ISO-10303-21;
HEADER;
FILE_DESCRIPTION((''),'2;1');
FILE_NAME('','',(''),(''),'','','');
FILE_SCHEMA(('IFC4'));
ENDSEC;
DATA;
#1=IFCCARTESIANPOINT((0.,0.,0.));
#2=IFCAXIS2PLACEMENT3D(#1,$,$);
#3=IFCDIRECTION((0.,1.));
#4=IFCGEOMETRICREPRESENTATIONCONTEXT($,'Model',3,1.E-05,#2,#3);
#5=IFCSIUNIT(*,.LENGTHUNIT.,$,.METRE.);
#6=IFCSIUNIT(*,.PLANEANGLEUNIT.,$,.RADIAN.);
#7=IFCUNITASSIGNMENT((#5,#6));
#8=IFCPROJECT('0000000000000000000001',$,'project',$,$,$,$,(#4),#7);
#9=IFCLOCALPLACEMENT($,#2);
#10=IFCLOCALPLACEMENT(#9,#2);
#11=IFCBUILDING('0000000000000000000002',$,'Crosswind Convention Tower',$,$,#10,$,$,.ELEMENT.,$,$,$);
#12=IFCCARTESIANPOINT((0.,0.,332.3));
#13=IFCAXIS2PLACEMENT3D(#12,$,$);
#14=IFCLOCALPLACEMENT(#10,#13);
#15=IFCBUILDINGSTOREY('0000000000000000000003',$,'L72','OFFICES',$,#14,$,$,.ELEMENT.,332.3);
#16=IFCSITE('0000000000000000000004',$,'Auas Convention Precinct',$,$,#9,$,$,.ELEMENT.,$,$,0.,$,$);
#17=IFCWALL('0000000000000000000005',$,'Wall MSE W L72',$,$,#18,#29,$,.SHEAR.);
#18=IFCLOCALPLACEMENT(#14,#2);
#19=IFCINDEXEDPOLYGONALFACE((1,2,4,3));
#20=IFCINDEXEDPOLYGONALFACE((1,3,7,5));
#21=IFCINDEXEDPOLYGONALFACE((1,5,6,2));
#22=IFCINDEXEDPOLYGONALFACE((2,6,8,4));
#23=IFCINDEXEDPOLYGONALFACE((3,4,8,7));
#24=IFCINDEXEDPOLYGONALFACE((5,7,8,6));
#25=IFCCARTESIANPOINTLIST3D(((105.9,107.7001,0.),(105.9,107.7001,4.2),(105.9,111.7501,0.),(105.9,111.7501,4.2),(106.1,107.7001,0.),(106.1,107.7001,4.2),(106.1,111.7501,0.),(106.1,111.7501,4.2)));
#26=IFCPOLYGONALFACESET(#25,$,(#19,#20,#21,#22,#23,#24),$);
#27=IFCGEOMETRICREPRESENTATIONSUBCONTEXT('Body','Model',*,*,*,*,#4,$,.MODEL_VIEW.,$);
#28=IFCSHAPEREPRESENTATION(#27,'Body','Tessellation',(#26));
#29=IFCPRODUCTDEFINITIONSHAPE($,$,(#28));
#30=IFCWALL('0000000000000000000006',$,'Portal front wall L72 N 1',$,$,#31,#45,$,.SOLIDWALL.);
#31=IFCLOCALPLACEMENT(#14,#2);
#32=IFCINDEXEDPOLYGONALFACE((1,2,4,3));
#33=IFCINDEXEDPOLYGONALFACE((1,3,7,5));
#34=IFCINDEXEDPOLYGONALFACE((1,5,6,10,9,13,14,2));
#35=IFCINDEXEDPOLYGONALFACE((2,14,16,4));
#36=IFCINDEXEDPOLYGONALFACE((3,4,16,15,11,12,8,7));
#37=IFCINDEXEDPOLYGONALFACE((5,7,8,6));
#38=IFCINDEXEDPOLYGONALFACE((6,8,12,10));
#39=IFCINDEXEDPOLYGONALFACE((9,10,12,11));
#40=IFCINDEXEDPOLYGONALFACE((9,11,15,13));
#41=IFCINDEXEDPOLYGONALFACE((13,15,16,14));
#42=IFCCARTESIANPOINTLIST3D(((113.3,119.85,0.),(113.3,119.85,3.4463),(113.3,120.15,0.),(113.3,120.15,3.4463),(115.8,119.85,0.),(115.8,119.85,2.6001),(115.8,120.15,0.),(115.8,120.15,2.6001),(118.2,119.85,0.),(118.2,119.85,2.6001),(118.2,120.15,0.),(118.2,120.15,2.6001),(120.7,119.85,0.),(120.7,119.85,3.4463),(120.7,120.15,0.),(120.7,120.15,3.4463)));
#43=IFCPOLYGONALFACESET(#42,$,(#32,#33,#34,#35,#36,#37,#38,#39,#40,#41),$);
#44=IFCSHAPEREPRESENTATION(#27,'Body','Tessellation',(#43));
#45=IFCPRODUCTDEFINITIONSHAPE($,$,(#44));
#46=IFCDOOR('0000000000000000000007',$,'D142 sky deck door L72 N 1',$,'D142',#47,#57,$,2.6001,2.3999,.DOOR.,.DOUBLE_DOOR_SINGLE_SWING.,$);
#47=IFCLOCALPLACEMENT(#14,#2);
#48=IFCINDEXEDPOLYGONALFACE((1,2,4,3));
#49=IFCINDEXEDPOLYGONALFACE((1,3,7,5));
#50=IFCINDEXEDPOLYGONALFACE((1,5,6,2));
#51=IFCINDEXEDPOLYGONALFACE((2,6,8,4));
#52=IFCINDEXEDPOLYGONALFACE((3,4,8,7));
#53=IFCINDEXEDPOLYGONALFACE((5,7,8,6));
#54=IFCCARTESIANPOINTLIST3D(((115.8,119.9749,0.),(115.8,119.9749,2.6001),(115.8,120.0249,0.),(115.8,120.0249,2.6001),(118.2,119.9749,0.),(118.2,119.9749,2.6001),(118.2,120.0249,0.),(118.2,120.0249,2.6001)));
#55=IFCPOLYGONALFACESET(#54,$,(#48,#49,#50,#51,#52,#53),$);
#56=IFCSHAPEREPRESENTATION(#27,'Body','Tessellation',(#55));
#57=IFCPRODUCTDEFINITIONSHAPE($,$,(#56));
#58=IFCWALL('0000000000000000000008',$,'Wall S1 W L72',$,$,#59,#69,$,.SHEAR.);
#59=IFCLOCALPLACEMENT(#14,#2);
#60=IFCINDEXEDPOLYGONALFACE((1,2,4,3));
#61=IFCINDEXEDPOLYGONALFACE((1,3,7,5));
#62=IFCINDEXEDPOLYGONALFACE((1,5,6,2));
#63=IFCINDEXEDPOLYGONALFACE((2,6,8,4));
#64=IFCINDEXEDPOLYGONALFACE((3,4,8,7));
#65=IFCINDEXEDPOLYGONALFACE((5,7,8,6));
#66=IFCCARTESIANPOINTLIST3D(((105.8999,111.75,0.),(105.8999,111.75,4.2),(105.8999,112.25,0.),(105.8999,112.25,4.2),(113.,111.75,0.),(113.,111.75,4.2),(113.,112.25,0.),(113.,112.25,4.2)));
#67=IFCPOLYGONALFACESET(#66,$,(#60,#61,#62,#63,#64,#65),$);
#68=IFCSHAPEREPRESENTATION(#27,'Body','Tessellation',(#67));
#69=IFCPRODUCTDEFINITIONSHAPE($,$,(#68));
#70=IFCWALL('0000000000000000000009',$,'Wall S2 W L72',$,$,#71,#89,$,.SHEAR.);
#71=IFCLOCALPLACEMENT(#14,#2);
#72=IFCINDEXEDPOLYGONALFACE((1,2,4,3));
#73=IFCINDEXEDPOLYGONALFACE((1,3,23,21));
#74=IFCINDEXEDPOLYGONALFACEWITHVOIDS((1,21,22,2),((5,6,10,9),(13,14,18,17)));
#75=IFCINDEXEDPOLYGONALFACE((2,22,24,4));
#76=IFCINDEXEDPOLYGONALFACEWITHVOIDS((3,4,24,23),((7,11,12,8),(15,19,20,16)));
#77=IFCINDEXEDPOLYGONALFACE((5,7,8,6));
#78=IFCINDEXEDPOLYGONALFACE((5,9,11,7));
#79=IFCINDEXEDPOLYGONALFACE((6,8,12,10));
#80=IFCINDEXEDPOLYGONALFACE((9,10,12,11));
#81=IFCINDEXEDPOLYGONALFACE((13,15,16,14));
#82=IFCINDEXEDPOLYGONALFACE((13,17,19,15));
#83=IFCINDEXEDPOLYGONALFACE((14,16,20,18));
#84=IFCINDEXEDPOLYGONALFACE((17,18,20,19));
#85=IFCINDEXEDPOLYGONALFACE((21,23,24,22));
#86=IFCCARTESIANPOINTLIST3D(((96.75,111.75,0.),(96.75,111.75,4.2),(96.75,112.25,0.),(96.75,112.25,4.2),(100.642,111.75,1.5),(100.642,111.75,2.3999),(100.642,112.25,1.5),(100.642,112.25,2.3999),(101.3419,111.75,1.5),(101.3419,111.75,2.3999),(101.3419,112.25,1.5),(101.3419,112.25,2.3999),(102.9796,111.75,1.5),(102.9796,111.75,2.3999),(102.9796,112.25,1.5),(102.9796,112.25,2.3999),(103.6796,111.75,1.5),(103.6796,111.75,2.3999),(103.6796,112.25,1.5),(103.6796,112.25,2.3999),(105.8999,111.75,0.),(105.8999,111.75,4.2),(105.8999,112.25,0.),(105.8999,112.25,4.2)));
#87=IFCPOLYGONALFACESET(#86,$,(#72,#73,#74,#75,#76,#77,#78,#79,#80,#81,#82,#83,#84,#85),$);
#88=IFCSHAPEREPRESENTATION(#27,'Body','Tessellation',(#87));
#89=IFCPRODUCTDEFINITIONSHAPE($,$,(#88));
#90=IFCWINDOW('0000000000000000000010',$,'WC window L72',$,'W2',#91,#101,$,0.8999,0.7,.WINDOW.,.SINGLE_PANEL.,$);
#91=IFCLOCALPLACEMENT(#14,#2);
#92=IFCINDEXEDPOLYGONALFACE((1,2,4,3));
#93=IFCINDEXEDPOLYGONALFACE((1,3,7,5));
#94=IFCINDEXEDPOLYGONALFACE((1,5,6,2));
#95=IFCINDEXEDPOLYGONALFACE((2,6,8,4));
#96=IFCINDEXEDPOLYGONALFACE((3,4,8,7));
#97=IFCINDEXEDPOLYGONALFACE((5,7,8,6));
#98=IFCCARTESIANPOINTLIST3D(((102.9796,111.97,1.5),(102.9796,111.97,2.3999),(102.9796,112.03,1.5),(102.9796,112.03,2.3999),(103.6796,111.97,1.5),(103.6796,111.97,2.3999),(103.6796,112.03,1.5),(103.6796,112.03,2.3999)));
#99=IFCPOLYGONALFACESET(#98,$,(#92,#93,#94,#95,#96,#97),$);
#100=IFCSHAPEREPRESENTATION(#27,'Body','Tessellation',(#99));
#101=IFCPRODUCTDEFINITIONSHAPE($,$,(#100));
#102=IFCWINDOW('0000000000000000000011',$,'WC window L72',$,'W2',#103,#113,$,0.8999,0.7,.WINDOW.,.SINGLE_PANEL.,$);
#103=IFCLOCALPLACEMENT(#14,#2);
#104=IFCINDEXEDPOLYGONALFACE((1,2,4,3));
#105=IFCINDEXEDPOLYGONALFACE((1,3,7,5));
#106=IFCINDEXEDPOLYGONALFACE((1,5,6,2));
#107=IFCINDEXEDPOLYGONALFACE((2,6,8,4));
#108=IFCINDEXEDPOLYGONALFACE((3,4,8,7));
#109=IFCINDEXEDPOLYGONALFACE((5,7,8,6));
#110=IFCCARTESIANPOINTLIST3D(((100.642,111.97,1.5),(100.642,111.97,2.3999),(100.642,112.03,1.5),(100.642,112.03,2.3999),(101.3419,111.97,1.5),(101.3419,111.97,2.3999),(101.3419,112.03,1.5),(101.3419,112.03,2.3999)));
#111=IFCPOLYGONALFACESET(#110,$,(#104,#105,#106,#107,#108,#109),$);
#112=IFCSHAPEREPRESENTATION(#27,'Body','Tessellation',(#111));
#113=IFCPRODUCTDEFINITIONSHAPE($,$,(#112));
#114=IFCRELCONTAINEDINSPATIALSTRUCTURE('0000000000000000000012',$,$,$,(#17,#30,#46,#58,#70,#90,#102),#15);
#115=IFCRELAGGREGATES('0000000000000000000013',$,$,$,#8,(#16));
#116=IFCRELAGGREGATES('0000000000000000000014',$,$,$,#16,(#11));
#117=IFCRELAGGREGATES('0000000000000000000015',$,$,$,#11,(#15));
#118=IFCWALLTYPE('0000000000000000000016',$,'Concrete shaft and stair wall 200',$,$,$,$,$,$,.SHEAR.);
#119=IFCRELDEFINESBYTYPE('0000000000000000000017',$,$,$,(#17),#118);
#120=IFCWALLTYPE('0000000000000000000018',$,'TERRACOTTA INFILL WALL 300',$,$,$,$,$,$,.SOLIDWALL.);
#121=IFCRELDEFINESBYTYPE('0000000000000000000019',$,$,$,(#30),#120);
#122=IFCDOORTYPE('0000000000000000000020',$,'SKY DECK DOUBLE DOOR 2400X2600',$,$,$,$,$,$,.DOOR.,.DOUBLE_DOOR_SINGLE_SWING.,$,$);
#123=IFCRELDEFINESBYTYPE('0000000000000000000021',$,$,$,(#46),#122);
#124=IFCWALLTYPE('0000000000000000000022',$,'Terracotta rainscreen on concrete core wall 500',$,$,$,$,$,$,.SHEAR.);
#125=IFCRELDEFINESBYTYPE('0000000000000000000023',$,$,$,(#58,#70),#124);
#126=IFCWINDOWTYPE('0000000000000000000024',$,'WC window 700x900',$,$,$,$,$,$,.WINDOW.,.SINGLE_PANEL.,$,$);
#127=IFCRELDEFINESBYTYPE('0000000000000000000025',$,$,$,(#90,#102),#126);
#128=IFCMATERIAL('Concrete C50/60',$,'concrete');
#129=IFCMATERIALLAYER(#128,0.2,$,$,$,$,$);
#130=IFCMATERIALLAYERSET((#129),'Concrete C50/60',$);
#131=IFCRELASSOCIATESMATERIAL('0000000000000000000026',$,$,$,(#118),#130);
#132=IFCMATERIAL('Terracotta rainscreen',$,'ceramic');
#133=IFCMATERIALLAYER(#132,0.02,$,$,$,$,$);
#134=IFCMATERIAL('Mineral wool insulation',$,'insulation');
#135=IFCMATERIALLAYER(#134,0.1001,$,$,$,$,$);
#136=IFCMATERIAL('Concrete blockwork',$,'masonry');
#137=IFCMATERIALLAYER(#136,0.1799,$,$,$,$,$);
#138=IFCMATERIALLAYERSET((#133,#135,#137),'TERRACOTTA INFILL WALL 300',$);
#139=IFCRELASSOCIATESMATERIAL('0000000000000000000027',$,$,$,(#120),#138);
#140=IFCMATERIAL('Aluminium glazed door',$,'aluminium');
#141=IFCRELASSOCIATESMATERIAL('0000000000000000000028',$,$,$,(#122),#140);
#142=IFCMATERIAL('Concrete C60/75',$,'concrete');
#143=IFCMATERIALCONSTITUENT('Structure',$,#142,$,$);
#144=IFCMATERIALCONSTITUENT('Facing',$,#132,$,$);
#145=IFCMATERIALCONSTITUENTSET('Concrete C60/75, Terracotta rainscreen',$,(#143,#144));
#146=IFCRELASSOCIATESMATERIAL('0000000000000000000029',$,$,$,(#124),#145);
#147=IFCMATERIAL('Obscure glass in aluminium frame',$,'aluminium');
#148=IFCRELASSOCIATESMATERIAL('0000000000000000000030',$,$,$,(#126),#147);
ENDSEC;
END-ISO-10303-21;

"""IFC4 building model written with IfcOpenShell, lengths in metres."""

from ifc_helpers import new_model, si_unit, direction, frame, frame_2d, origin, place, context, subcontext, project, spatial, rectangle, extrude, material, layer, layer_set, constituent, constituent_set, type_object, element, fill, save


model = new_model("IFC4")

# Units and contexts
model_context = context("Model", 3, precision=1e-05, world=origin(), true_north=direction((0.0, 1.0)))
body_context = subcontext(model_context, "Body", "Model", "MODEL_VIEW")
ifc_project = project(units=[si_unit("LENGTHUNIT", "METRE"), si_unit("PLANEANGLEUNIT", "RADIAN")], contexts=[model_context])

# Site, building, storey
site_placement = place(None, origin())
site = spatial("IfcSite", under=ifc_project, at=site_placement, Name="Auas Convention Precinct", CompositionType="ELEMENT", RefElevation=0.0)
building_placement = place(site_placement, origin())
building = spatial("IfcBuilding", under=site, at=building_placement, Name="Crosswind Convention Tower", CompositionType="ELEMENT")
storey_placement = place(building_placement, frame((0.0, 0.0, 332.3)))
storey = spatial("IfcBuildingStorey", under=building, at=storey_placement, Name="L72", Description="OFFICES", CompositionType="ELEMENT", Elevation=332.3)

# Shared definitions
ifc_material_1 = material(Name="Concrete C60/75", Category="concrete")

# Wall
ifc_material_2 = material(Name="Concrete blockwork", Category="masonry")
ifc_material_3 = material(Name="Concrete C50/60", Category="concrete")
ifc_layer_1 = layer(ifc_material_3, 0.2)
ifc_layer_set_1 = layer_set([ifc_layer_1], Name="Concrete C50/60")
wall_type_1 = type_object("IfcWallType", Name="Concrete shaft and stair wall 200", PredefinedType="SHEAR", material=ifc_layer_set_1)
wall_1_placement = place(storey_placement, frame((106.0, 111.75, 0.0), z_axis=(0.0, 0.0, 1.0), x_axis=(0.0, -1.0, 0.0)))
element("IfcWall", 1, at=wall_1_placement, inside=storey, type_object=wall_type_1, Name="Wall MSE W L72", PredefinedType="SHEAR", context=body_context, shape_type="SweptSolid", body=[
    extrude(rectangle(XDim=4.05, YDim=0.2, at=frame_2d((2.0249, 0.0))), origin(), (0.0, 0.0, 1.0), 4.2),
])

# Wall, opening, door
ifc_material_4 = material(Name="Terracotta rainscreen", Category="ceramic")
ifc_layer_2 = layer(ifc_material_4, 0.02)
ifc_material_5 = material(Name="Mineral wool insulation", Category="insulation")
ifc_layer_3 = layer(ifc_material_5, 0.1001)
ifc_layer_4 = layer(ifc_material_2, 0.1799)
ifc_layer_set_2 = layer_set([ifc_layer_2, ifc_layer_3, ifc_layer_4], Name="TERRACOTTA INFILL WALL 300")
wall_type_2 = type_object("IfcWallType", Name="TERRACOTTA INFILL WALL 300", PredefinedType="SOLIDWALL", material=ifc_layer_set_2)
wall_2_placement = place(storey_placement, frame((113.3, 120.0, 0.0), z_axis=(0.0, 0.0, 1.0), x_axis=(1.0, 0.0, 0.0)))
wall_2 = element("IfcWall", 2, at=wall_2_placement, inside=storey, type_object=wall_type_2, Name="Portal front wall L72 N 1", PredefinedType="SOLIDWALL", context=body_context, shape_type="SweptSolid", body=[
    extrude(rectangle(XDim=7.3999, YDim=0.3, at=frame_2d((3.7, 0.0))), origin(), (0.0, 0.0, 1.0), 3.4463),
])
opening_1_placement = place(wall_2_placement, frame((2.5, 0.0, 0.0)))
opening_1 = element("IfcOpeningElement", 3, at=opening_1_placement, cuts=wall_2, PredefinedType="OPENING", context=body_context, shape_type="SweptSolid", body=[
    extrude(rectangle(XDim=2.3999, YDim=2.6001, at=frame_2d((1.2, 1.3))), frame((0.0, 0.1599, 0.0), z_axis=(0.0, -1.0, 0.0), x_axis=(1.0, 0.0, 0.0)), (0.0, 0.0, 1.0), 0.3201),
])
ifc_material_6 = material(Name="Aluminium glazed door", Category="aluminium")
door_type = type_object("IfcDoorType", Name="SKY DECK DOUBLE DOOR 2400X2600", OperationType="DOUBLE_DOOR_SINGLE_SWING", PredefinedType="DOOR", material=ifc_material_6)
door_placement = place(opening_1_placement, origin())
door = element("IfcDoor", 4, at=door_placement, inside=storey, type_object=door_type, Name="D142 sky deck door L72 N 1", ObjectType="D142", OperationType="DOUBLE_DOOR_SINGLE_SWING", OverallHeight=2.6001, OverallWidth=2.3999, PredefinedType="DOOR", context=body_context, shape_type="SweptSolid", body=[
    extrude(rectangle(XDim=2.3999, YDim=2.6001, at=frame_2d((1.2, 1.3))), frame((0.0, 0.0249, 0.0), z_axis=(0.0, -1.0, 0.0), x_axis=(1.0, 0.0, 0.0)), (0.0, 0.0, 1.0), 0.05),
])
fill(opening_1, door)

# Wall
ifc_constituent_1 = constituent(ifc_material_1, Name="Structure")
ifc_constituent_2 = constituent(ifc_material_4, Name="Facing")
ifc_constituent_set = constituent_set(constituents=[ifc_constituent_1, ifc_constituent_2], Name="Concrete C60/75, Terracotta rainscreen")
wall_type_3 = type_object("IfcWallType", Name="Terracotta rainscreen on concrete core wall 500", PredefinedType="SHEAR", material=ifc_constituent_set)
wall_3_placement = place(storey_placement, frame((113.0, 112.0, 0.0), z_axis=(0.0, 0.0, 1.0), x_axis=(-1.0, 0.0, 0.0)))
element("IfcWall", 5, at=wall_3_placement, inside=storey, type_object=wall_type_3, Name="Wall S1 W L72", PredefinedType="SHEAR", context=body_context, shape_type="SweptSolid", body=[
    extrude(rectangle(XDim=7.1001, YDim=0.5, at=frame_2d((3.55, 0.0))), origin(), (0.0, 0.0, 1.0), 4.2),
])

# Wall, openings, windows
wall_4_placement = place(storey_placement, frame((105.8999, 112.0, 0.0), z_axis=(0.0, 0.0, 1.0), x_axis=(-1.0, 0.0, 0.0)))
wall_4 = element("IfcWall", 6, at=wall_4_placement, inside=storey, type_object=wall_type_3, Name="Wall S2 W L72", PredefinedType="SHEAR", context=body_context, shape_type="SweptSolid", body=[
    extrude(rectangle(XDim=9.1499, YDim=0.5, at=frame_2d((4.575, 0.0))), origin(), (0.0, 0.0, 1.0), 4.2),
])
opening_2_placement = place(wall_4_placement, frame((2.2202, 0.0, 1.5)))
opening_2 = element("IfcOpeningElement", 7, at=opening_2_placement, cuts=wall_4, PredefinedType="OPENING", context=body_context, shape_type="SweptSolid", body=[
    extrude(rectangle(XDim=0.7, YDim=0.8999, at=frame_2d((0.3501, 0.45))), frame((0.0, 0.26, 0.0), z_axis=(0.0, -1.0, 0.0), x_axis=(1.0, 0.0, 0.0)), (0.0, 0.0, 1.0), 0.52),
])
opening_3_placement = place(wall_4_placement, frame((4.5579, 0.0, 1.5)))
opening_3 = element("IfcOpeningElement", 8, at=opening_3_placement, cuts=wall_4, PredefinedType="OPENING", context=body_context, shape_type="SweptSolid", body=[
    extrude(rectangle(XDim=0.7, YDim=0.8999, at=frame_2d((0.3501, 0.45))), frame((0.0, 0.26, 0.0), z_axis=(0.0, -1.0, 0.0), x_axis=(1.0, 0.0, 0.0)), (0.0, 0.0, 1.0), 0.52),
])
ifc_material_7 = material(Name="Obscure glass in aluminium frame", Category="aluminium")
window_type = type_object("IfcWindowType", Name="WC window 700x900", PartitioningType="SINGLE_PANEL", PredefinedType="WINDOW", material=ifc_material_7)
window_1_placement = place(opening_2_placement, origin())
window_1 = element("IfcWindow", 9, at=window_1_placement, inside=storey, type_object=window_type, Name="WC window L72", ObjectType="W2", OverallHeight=0.8999, OverallWidth=0.7, PartitioningType="SINGLE_PANEL", PredefinedType="WINDOW", context=body_context, shape_type="SweptSolid", body=[
    extrude(rectangle(XDim=0.7, YDim=0.8999, at=frame_2d((0.3501, 0.45))), frame((0.0, 0.03, 0.0), z_axis=(0.0, -1.0, 0.0), x_axis=(1.0, 0.0, 0.0)), (0.0, 0.0, 1.0), 0.0601),
])
fill(opening_2, window_1)
window_2_placement = place(opening_3_placement, origin())
window_2 = element("IfcWindow", 10, at=window_2_placement, inside=storey, type_object=window_type, Name="WC window L72", ObjectType="W2", OverallHeight=0.8999, OverallWidth=0.7, PartitioningType="SINGLE_PANEL", PredefinedType="WINDOW", context=body_context, shape_type="SweptSolid", body=[
    extrude(rectangle(XDim=0.7, YDim=0.8999, at=frame_2d((0.3501, 0.45))), frame((0.0, 0.03, 0.0), z_axis=(0.0, -1.0, 0.0), x_axis=(1.0, 0.0, 0.0)), (0.0, 0.0, 1.0), 0.0601),
])
fill(opening_3, window_2)

save(model, "model.ifc")
